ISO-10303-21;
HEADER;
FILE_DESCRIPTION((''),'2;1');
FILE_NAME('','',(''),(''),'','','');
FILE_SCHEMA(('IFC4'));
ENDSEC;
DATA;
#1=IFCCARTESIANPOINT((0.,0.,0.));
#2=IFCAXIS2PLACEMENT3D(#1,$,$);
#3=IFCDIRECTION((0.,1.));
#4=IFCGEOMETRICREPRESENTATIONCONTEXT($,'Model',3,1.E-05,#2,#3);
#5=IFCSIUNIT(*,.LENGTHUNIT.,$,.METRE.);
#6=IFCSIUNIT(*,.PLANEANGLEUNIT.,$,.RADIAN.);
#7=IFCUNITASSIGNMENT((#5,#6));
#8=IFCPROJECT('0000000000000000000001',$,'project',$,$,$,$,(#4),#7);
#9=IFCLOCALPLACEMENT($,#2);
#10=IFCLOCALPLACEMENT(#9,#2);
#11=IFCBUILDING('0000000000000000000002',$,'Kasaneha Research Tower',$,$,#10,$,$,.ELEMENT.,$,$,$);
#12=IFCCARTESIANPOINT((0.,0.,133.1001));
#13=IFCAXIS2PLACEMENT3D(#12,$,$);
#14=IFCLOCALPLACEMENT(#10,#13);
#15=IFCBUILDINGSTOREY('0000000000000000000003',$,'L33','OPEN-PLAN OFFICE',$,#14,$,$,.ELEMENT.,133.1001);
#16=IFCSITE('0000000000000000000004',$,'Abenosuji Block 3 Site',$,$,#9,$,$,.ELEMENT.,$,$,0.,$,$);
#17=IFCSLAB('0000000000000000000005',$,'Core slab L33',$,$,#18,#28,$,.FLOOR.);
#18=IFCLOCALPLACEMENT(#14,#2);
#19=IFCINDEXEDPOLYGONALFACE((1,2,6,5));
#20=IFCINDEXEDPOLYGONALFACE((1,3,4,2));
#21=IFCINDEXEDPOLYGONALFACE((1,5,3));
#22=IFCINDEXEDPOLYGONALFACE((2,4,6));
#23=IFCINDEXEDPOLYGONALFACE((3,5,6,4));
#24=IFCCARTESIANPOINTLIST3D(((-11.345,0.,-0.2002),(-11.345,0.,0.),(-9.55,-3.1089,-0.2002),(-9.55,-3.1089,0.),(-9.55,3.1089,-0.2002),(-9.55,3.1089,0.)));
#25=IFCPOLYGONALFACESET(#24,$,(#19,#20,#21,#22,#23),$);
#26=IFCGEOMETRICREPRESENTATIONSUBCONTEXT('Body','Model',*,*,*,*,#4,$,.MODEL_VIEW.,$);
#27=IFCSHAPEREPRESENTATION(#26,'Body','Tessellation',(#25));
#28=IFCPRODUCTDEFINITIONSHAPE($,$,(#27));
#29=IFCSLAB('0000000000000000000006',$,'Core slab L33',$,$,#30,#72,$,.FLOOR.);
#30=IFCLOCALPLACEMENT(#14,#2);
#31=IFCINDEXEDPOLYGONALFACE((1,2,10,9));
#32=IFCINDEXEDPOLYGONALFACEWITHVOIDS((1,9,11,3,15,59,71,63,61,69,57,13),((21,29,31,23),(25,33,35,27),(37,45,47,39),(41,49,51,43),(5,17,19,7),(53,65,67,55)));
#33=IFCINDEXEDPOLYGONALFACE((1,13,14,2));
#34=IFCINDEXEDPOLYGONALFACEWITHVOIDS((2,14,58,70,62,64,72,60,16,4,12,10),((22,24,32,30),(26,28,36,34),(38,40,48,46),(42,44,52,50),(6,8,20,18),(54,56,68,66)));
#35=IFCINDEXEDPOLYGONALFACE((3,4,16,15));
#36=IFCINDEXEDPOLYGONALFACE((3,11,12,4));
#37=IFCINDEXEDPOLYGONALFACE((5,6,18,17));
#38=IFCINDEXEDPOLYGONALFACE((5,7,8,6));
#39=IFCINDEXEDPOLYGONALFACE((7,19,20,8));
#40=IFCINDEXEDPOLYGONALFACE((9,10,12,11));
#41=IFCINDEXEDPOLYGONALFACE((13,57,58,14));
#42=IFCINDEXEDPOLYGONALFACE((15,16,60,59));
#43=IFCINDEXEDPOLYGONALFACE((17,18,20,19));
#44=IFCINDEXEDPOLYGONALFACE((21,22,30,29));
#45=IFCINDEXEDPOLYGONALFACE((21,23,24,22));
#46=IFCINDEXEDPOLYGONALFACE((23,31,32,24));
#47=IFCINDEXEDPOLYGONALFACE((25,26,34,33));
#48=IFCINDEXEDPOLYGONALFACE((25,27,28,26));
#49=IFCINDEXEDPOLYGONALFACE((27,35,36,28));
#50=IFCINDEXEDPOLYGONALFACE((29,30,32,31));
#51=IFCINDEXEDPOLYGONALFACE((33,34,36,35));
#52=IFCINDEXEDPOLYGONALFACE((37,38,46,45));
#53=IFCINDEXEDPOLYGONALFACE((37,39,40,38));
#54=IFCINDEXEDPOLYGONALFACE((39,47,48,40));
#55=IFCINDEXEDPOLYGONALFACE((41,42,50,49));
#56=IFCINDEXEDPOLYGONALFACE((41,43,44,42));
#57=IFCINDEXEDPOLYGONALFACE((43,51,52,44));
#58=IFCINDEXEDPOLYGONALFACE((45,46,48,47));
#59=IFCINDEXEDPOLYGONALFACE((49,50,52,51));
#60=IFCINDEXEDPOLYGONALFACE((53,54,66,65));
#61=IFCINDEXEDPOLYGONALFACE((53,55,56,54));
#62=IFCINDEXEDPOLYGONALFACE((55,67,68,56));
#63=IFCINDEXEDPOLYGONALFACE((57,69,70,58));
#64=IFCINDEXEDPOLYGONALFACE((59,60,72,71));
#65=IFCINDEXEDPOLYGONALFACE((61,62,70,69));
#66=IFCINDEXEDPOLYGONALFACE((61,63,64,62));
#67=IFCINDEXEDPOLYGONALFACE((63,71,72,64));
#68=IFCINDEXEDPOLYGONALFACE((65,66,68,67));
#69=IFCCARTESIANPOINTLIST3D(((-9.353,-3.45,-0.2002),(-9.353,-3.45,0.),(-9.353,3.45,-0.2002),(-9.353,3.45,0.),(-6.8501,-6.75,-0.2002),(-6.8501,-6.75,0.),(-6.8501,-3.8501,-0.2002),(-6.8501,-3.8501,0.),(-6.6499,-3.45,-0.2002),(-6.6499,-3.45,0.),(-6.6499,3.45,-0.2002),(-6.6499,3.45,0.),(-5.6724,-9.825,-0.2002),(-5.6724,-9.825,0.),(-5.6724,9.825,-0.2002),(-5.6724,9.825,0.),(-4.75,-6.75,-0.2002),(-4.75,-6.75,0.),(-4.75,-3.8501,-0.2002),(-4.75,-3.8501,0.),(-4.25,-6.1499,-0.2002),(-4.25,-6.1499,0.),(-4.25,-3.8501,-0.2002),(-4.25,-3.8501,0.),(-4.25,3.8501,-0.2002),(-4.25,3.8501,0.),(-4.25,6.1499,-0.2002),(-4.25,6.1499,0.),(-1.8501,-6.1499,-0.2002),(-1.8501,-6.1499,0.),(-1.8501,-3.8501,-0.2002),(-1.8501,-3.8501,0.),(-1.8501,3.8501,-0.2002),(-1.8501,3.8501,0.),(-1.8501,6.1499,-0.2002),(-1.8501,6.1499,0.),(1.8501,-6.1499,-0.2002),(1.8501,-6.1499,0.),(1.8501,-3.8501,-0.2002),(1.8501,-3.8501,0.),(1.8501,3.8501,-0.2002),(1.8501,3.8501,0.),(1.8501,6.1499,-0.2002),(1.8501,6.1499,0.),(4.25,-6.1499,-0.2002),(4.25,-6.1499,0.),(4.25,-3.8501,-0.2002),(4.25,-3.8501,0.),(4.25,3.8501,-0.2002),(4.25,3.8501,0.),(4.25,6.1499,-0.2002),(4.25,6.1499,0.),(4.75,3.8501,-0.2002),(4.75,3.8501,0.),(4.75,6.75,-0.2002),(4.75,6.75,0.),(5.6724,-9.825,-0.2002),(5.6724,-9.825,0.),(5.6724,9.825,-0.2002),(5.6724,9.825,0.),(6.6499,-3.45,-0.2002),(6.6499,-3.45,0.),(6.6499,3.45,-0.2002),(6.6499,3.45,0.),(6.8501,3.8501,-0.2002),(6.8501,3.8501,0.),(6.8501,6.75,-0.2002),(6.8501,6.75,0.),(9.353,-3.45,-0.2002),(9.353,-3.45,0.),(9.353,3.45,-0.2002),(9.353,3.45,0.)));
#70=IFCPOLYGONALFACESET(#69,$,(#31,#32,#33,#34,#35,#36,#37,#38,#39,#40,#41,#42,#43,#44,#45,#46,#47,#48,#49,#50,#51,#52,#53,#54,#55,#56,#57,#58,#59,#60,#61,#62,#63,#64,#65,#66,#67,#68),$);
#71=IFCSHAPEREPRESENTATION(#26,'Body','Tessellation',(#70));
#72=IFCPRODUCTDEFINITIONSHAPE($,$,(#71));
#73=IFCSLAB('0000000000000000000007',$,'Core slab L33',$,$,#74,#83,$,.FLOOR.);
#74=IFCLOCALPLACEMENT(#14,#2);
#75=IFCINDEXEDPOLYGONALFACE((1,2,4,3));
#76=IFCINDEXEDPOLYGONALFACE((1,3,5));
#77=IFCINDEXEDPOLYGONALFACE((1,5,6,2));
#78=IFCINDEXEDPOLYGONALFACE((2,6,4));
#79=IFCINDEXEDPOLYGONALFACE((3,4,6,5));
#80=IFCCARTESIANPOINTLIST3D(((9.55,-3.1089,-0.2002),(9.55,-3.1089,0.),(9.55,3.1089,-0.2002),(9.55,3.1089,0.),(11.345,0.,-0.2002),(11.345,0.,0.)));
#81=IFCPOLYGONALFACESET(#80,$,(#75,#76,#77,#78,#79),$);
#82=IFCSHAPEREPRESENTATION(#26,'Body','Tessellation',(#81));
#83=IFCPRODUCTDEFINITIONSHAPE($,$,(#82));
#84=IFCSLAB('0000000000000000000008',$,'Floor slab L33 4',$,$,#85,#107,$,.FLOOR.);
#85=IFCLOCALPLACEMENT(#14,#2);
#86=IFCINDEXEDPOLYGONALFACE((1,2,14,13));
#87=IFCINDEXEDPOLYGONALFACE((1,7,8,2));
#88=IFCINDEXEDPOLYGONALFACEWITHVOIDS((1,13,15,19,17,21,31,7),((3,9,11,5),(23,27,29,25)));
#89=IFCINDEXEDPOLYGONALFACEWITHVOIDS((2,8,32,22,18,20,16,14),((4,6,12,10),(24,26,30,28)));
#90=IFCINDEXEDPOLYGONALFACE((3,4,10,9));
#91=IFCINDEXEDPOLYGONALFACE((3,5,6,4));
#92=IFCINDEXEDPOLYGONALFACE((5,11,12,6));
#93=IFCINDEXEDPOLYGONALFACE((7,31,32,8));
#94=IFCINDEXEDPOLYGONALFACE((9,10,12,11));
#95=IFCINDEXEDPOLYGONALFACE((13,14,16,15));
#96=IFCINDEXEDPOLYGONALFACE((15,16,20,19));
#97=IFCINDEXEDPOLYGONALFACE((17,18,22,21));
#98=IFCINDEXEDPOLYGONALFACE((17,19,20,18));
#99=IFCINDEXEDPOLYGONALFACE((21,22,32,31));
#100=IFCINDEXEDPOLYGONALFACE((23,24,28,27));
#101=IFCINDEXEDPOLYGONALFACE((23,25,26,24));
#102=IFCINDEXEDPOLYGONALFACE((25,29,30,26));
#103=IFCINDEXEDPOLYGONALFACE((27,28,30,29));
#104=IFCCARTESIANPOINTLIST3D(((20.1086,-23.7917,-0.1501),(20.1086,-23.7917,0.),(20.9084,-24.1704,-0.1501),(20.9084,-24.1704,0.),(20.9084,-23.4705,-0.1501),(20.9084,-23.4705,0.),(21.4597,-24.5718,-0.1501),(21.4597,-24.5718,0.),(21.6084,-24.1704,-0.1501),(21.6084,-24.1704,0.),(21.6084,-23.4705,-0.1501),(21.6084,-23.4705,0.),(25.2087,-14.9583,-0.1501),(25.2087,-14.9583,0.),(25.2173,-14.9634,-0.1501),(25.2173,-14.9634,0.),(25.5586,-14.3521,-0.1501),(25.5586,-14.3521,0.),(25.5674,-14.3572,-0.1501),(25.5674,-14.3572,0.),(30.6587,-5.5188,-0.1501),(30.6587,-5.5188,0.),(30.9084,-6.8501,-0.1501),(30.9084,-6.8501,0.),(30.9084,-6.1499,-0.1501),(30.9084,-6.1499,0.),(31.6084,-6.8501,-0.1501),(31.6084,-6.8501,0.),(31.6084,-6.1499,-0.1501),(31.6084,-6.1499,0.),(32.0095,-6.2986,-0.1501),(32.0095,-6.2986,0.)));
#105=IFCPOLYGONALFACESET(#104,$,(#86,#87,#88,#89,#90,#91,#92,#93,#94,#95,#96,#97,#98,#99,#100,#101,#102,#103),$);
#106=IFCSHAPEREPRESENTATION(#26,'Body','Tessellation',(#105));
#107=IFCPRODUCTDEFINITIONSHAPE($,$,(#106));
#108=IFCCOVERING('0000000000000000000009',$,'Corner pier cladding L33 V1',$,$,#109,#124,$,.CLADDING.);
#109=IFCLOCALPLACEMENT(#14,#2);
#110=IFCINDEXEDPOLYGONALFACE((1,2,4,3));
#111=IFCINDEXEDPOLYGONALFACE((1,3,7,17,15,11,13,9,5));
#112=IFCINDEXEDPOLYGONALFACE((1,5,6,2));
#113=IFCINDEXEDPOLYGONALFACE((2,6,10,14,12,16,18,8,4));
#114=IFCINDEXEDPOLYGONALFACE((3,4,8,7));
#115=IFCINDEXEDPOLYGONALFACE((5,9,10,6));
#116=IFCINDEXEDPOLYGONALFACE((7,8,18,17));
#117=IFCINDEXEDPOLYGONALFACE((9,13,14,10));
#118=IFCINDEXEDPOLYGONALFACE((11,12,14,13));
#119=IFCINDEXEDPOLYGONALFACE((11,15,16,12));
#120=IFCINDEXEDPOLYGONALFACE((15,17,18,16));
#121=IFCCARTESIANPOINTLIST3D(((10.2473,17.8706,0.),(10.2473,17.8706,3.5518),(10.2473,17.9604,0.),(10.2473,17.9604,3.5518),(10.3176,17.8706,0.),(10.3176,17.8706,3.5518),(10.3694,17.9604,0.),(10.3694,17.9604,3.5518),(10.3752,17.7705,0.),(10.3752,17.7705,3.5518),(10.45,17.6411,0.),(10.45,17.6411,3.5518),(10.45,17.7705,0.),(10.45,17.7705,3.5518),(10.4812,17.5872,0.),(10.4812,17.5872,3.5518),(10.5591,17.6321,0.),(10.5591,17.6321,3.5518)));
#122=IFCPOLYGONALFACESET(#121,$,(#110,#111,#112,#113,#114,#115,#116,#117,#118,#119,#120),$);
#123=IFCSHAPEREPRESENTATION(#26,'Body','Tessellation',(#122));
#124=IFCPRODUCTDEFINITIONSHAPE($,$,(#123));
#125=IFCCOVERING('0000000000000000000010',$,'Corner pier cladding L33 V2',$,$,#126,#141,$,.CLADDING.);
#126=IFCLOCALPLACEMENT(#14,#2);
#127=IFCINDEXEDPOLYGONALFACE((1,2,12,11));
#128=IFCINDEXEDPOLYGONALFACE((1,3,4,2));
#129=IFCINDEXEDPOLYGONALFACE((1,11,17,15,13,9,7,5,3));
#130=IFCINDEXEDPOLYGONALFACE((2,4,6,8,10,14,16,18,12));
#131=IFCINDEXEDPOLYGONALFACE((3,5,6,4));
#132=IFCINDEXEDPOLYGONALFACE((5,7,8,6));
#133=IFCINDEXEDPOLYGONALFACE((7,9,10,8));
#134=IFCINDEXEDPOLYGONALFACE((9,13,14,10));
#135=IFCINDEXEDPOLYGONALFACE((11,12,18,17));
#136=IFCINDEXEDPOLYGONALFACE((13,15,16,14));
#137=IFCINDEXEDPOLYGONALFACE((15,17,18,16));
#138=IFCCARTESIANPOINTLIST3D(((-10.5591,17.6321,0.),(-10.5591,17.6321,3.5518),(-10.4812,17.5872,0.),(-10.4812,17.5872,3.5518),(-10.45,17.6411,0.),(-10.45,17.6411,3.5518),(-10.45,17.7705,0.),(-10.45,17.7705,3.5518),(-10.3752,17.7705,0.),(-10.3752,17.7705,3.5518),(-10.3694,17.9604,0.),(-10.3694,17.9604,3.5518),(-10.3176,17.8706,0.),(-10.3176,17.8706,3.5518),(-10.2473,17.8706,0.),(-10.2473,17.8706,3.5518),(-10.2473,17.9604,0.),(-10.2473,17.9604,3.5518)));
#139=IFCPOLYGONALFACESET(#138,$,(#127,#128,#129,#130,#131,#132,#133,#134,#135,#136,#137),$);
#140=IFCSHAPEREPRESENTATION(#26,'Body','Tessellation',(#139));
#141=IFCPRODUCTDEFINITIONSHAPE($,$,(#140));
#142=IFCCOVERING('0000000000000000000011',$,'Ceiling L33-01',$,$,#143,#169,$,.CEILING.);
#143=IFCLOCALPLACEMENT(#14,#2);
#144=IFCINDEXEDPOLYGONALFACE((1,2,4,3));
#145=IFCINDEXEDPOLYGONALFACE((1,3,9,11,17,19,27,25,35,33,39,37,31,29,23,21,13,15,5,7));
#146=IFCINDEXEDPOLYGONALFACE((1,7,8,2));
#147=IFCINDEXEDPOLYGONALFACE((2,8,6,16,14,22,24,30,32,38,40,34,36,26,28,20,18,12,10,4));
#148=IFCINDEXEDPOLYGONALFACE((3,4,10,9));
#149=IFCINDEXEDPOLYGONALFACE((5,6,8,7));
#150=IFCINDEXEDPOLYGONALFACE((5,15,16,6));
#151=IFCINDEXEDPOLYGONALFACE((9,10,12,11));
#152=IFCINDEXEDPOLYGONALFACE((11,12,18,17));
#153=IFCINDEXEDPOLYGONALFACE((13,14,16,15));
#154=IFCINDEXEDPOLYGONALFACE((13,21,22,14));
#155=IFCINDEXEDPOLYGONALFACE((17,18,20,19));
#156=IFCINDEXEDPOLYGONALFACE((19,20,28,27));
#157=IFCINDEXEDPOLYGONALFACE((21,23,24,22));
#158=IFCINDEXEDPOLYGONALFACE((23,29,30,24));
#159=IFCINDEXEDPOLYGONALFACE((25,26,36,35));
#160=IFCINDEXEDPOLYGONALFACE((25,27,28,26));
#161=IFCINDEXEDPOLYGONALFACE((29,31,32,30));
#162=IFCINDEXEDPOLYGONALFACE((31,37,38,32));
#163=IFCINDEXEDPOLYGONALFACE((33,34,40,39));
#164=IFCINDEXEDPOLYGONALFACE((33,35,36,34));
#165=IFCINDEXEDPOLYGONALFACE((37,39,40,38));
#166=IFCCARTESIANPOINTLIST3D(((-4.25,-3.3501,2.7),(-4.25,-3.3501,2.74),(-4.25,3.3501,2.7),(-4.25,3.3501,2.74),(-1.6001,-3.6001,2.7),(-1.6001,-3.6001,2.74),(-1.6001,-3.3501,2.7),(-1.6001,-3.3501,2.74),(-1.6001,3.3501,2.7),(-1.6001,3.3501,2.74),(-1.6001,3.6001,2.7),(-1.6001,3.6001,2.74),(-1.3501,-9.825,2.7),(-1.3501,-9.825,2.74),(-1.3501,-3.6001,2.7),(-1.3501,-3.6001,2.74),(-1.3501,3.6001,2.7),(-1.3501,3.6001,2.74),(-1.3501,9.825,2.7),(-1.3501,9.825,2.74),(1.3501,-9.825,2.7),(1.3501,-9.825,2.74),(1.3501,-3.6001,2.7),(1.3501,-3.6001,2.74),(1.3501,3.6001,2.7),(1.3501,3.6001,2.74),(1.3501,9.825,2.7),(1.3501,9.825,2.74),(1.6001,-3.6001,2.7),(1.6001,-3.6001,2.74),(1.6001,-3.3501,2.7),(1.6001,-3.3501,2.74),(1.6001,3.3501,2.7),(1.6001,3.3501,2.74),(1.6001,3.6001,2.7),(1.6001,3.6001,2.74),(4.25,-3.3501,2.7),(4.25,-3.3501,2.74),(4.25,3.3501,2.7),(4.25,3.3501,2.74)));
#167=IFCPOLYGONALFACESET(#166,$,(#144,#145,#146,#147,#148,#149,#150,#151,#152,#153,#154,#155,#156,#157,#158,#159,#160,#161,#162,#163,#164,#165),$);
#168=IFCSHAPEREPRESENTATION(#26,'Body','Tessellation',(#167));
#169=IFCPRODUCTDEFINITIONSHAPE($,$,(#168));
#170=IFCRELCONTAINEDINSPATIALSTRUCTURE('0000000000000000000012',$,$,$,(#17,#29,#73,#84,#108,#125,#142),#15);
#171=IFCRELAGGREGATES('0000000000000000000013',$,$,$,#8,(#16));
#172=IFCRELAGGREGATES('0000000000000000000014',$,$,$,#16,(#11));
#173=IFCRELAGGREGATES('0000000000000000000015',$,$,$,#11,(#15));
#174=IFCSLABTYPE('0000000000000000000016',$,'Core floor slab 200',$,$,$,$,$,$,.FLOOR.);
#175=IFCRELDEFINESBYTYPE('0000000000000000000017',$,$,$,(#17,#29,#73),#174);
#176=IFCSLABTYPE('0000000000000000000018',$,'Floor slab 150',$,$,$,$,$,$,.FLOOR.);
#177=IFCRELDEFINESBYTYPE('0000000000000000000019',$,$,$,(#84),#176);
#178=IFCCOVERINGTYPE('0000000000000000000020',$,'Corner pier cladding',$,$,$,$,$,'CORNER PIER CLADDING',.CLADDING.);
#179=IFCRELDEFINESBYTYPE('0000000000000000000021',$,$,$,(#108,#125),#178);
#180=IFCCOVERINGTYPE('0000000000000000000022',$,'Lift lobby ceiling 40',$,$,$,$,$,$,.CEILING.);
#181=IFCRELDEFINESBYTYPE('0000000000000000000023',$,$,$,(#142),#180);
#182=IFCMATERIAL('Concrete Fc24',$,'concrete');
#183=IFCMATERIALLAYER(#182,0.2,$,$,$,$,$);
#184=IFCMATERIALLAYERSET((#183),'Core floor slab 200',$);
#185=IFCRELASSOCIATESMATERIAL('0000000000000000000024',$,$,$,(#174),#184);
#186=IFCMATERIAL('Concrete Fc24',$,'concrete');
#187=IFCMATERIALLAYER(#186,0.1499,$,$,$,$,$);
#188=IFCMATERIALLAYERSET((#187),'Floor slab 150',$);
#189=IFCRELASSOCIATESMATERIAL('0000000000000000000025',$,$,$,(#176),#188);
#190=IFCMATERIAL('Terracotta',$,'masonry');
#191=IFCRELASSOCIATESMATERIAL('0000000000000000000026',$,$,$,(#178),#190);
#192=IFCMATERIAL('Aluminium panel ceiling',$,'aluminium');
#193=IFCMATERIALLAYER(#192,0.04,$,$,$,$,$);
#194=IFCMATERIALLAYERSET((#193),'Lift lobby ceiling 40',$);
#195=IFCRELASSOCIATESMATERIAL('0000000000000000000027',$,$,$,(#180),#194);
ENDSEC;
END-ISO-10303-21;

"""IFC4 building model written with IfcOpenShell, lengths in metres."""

from ifc_helpers import new_model, si_unit, direction, frame, origin, place, context, subcontext, project, spatial, polyline, outline, extrude, material, layer, layer_set, type_object, element, save


model = new_model("IFC4")

# Units and contexts
model_context = context("Model", 3, precision=1e-05, world=origin(), true_north=direction((0.0, 1.0)))
body_context = subcontext(model_context, "Body", "Model", "MODEL_VIEW")
ifc_project = project(units=[si_unit("LENGTHUNIT", "METRE"), si_unit("PLANEANGLEUNIT", "RADIAN")], contexts=[model_context])

# Site, building, storey
site_placement = place(None, origin())
site = spatial("IfcSite", under=ifc_project, at=site_placement, Name="Abenosuji Block 3 Site", CompositionType="ELEMENT", RefElevation=0.0)
building_placement = place(site_placement, origin())
building = spatial("IfcBuilding", under=site, at=building_placement, Name="Kasaneha Research Tower", CompositionType="ELEMENT")
storey_placement = place(building_placement, frame((0.0, 0.0, 133.1001)))
storey = spatial("IfcBuildingStorey", under=building, at=storey_placement, Name="L33", Description="OPEN-PLAN OFFICE", CompositionType="ELEMENT", Elevation=133.1001)

# Slabs
ifc_material_1 = material(Name="Concrete Fc24", Category="concrete")
ifc_layer_1 = layer(ifc_material_1, 0.2)
ifc_layer_set_1 = layer_set([ifc_layer_1], Name="Core floor slab 200")
slab_type_1 = type_object("IfcSlabType", Name="Core floor slab 200", PredefinedType="FLOOR", material=ifc_layer_set_1)
slab_1_placement = place(storey_placement, frame((0.0, 0.0, -0.2002)))
element("IfcSlab", 1, at=slab_1_placement, inside=storey, type_object=slab_type_1, Name="Core slab L33", PredefinedType="FLOOR", context=body_context, shape_type="SweptSolid", body=[
    extrude(outline(polyline([(-11.345, 0.0), (-9.55, 3.1089), (-9.55, -3.1089), (-11.345, 0.0)])), origin(), (0.0, 0.0, 1.0), 0.2002),
])
slab_2_placement = place(storey_placement, frame((0.0, 0.0, -0.2002)))
element("IfcSlab", 2, at=slab_2_placement, inside=storey, type_object=slab_type_1, Name="Core slab L33", PredefinedType="FLOOR", context=body_context, shape_type="SweptSolid", body=[
    extrude(outline(polyline([(-5.6724, 9.825), (5.6724, 9.825), (9.353, 3.45), (6.6499, 3.45), (6.6499, -3.45), (9.353, -3.45), (5.6724, -9.825), (-5.6724, -9.825), (-9.353, -3.45), (-6.6499, -3.45), (-6.6499, 3.45), (-9.353, 3.45), (-5.6724, 9.825)]), holes=[polyline([(-6.8501, -3.8501), (-6.8501, -6.75), (-4.75, -6.75), (-4.75, -3.8501), (-6.8501, -3.8501)]), polyline([(-4.25, -3.8501), (-4.25, -6.1499), (-1.8501, -6.1499), (-1.8501, -3.8501), (-4.25, -3.8501)]), polyline([(1.8501, -3.8501), (1.8501, -6.1499), (4.25, -6.1499), (4.25, -3.8501), (1.8501, -3.8501)]), polyline([(-4.25, 6.1499), (-4.25, 3.8501), (-1.8501, 3.8501), (-1.8501, 6.1499), (-4.25, 6.1499)]), polyline([(1.8501, 6.1499), (1.8501, 3.8501), (4.25, 3.8501), (4.25, 6.1499), (1.8501, 6.1499)]), polyline([(4.75, 6.75), (4.75, 3.8501), (6.8501, 3.8501), (6.8501, 6.75), (4.75, 6.75)])]), origin(), (0.0, 0.0, 1.0), 0.2002),
])
slab_3_placement = place(storey_placement, frame((0.0, 0.0, -0.2002)))
element("IfcSlab", 3, at=slab_3_placement, inside=storey, type_object=slab_type_1, Name="Core slab L33", PredefinedType="FLOOR", context=body_context, shape_type="SweptSolid", body=[
    extrude(outline(polyline([(11.345, 0.0), (9.55, -3.1089), (9.55, 3.1089), (11.345, 0.0)])), origin(), (0.0, 0.0, 1.0), 0.2002),
])
ifc_material_2 = material(Name="Concrete Fc24", Category="concrete")
ifc_layer_2 = layer(ifc_material_2, 0.1499)
ifc_layer_set_2 = layer_set([ifc_layer_2], Name="Floor slab 150")
slab_type_2 = type_object("IfcSlabType", Name="Floor slab 150", PredefinedType="FLOOR", material=ifc_layer_set_2)
slab_4_placement = place(storey_placement, frame((0.0, 0.0, -0.1501)))
element("IfcSlab", 4, at=slab_4_placement, inside=storey, type_object=slab_type_2, Name="Floor slab L33 4", PredefinedType="FLOOR", context=body_context, shape_type="SweptSolid", body=[
    extrude(outline(polyline([(32.0095, -6.2986), (21.4597, -24.5718), (20.1086, -23.7917), (25.2087, -14.9583), (25.2173, -14.9634), (25.5674, -14.3572), (25.5586, -14.3521), (30.6587, -5.5188), (32.0095, -6.2986)]), holes=[polyline([(20.9084, -24.1704), (21.6084, -24.1704), (21.6084, -23.4705), (20.9084, -23.4705), (20.9084, -24.1704)]), polyline([(30.9084, -6.8501), (31.6084, -6.8501), (31.6084, -6.1499), (30.9084, -6.1499), (30.9084, -6.8501)])]), origin(), (0.0, 0.0, 1.0), 0.1501),
])

# Coverings
ifc_material_3 = material(Name="Terracotta", Category="masonry")
covering_type_1 = type_object("IfcCoveringType", Name="Corner pier cladding", ElementType="CORNER PIER CLADDING", PredefinedType="CLADDING", material=ifc_material_3)
covering_1_placement = place(storey_placement, origin())
element("IfcCovering", 5, at=covering_1_placement, inside=storey, type_object=covering_type_1, Name="Corner pier cladding L33 V1", PredefinedType="CLADDING", context=body_context, shape_type="SweptSolid", body=[
    extrude(outline(polyline([(10.4812, 17.5872), (10.45, 17.6411), (10.45, 17.7705), (10.3752, 17.7705), (10.3176, 17.8706), (10.2473, 17.8706), (10.2473, 17.9604), (10.3694, 17.9604), (10.5591, 17.6321), (10.4812, 17.5872)])), origin(), (0.0, 0.0, 1.0), 3.5518),
])
covering_2_placement = place(storey_placement, origin())
element("IfcCovering", 6, at=covering_2_placement, inside=storey, type_object=covering_type_1, Name="Corner pier cladding L33 V2", PredefinedType="CLADDING", context=body_context, shape_type="SweptSolid", body=[
    extrude(outline(polyline([(-10.2473, 17.8706), (-10.3176, 17.8706), (-10.3752, 17.7705), (-10.45, 17.7705), (-10.45, 17.6411), (-10.4812, 17.5872), (-10.5591, 17.6321), (-10.3694, 17.9604), (-10.2473, 17.9604), (-10.2473, 17.8706)])), origin(), (0.0, 0.0, 1.0), 3.5518),
])
ifc_material_4 = material(Name="Aluminium panel ceiling", Category="aluminium")
ifc_layer_3 = layer(ifc_material_4, 0.04)
ifc_layer_set_3 = layer_set([ifc_layer_3], Name="Lift lobby ceiling 40")
covering_type_2 = type_object("IfcCoveringType", Name="Lift lobby ceiling 40", PredefinedType="CEILING", material=ifc_layer_set_3)
covering_3_placement = place(storey_placement, frame((0.0, 0.0, 2.7)))
element("IfcCovering", 7, at=covering_3_placement, inside=storey, type_object=covering_type_2, Name="Ceiling L33-01", PredefinedType="CEILING", context=body_context, shape_type="SweptSolid", body=[
    extrude(outline(polyline([(1.3501, 9.825), (1.3501, 3.6001), (1.6001, 3.6001), (1.6001, 3.3501), (4.25, 3.3501), (4.25, -3.3501), (1.6001, -3.3501), (1.6001, -3.6001), (1.3501, -3.6001), (1.3501, -9.825), (-1.3501, -9.825), (-1.3501, -3.6001), (-1.6001, -3.6001), (-1.6001, -3.3501), (-4.25, -3.3501), (-4.25, 3.3501), (-1.6001, 3.3501), (-1.6001, 3.6001), (-1.3501, 3.6001), (-1.3501, 9.825), (1.3501, 9.825)])), origin(), (0.0, 0.0, 1.0), 0.04),
])

save(model, "model.ifc")
